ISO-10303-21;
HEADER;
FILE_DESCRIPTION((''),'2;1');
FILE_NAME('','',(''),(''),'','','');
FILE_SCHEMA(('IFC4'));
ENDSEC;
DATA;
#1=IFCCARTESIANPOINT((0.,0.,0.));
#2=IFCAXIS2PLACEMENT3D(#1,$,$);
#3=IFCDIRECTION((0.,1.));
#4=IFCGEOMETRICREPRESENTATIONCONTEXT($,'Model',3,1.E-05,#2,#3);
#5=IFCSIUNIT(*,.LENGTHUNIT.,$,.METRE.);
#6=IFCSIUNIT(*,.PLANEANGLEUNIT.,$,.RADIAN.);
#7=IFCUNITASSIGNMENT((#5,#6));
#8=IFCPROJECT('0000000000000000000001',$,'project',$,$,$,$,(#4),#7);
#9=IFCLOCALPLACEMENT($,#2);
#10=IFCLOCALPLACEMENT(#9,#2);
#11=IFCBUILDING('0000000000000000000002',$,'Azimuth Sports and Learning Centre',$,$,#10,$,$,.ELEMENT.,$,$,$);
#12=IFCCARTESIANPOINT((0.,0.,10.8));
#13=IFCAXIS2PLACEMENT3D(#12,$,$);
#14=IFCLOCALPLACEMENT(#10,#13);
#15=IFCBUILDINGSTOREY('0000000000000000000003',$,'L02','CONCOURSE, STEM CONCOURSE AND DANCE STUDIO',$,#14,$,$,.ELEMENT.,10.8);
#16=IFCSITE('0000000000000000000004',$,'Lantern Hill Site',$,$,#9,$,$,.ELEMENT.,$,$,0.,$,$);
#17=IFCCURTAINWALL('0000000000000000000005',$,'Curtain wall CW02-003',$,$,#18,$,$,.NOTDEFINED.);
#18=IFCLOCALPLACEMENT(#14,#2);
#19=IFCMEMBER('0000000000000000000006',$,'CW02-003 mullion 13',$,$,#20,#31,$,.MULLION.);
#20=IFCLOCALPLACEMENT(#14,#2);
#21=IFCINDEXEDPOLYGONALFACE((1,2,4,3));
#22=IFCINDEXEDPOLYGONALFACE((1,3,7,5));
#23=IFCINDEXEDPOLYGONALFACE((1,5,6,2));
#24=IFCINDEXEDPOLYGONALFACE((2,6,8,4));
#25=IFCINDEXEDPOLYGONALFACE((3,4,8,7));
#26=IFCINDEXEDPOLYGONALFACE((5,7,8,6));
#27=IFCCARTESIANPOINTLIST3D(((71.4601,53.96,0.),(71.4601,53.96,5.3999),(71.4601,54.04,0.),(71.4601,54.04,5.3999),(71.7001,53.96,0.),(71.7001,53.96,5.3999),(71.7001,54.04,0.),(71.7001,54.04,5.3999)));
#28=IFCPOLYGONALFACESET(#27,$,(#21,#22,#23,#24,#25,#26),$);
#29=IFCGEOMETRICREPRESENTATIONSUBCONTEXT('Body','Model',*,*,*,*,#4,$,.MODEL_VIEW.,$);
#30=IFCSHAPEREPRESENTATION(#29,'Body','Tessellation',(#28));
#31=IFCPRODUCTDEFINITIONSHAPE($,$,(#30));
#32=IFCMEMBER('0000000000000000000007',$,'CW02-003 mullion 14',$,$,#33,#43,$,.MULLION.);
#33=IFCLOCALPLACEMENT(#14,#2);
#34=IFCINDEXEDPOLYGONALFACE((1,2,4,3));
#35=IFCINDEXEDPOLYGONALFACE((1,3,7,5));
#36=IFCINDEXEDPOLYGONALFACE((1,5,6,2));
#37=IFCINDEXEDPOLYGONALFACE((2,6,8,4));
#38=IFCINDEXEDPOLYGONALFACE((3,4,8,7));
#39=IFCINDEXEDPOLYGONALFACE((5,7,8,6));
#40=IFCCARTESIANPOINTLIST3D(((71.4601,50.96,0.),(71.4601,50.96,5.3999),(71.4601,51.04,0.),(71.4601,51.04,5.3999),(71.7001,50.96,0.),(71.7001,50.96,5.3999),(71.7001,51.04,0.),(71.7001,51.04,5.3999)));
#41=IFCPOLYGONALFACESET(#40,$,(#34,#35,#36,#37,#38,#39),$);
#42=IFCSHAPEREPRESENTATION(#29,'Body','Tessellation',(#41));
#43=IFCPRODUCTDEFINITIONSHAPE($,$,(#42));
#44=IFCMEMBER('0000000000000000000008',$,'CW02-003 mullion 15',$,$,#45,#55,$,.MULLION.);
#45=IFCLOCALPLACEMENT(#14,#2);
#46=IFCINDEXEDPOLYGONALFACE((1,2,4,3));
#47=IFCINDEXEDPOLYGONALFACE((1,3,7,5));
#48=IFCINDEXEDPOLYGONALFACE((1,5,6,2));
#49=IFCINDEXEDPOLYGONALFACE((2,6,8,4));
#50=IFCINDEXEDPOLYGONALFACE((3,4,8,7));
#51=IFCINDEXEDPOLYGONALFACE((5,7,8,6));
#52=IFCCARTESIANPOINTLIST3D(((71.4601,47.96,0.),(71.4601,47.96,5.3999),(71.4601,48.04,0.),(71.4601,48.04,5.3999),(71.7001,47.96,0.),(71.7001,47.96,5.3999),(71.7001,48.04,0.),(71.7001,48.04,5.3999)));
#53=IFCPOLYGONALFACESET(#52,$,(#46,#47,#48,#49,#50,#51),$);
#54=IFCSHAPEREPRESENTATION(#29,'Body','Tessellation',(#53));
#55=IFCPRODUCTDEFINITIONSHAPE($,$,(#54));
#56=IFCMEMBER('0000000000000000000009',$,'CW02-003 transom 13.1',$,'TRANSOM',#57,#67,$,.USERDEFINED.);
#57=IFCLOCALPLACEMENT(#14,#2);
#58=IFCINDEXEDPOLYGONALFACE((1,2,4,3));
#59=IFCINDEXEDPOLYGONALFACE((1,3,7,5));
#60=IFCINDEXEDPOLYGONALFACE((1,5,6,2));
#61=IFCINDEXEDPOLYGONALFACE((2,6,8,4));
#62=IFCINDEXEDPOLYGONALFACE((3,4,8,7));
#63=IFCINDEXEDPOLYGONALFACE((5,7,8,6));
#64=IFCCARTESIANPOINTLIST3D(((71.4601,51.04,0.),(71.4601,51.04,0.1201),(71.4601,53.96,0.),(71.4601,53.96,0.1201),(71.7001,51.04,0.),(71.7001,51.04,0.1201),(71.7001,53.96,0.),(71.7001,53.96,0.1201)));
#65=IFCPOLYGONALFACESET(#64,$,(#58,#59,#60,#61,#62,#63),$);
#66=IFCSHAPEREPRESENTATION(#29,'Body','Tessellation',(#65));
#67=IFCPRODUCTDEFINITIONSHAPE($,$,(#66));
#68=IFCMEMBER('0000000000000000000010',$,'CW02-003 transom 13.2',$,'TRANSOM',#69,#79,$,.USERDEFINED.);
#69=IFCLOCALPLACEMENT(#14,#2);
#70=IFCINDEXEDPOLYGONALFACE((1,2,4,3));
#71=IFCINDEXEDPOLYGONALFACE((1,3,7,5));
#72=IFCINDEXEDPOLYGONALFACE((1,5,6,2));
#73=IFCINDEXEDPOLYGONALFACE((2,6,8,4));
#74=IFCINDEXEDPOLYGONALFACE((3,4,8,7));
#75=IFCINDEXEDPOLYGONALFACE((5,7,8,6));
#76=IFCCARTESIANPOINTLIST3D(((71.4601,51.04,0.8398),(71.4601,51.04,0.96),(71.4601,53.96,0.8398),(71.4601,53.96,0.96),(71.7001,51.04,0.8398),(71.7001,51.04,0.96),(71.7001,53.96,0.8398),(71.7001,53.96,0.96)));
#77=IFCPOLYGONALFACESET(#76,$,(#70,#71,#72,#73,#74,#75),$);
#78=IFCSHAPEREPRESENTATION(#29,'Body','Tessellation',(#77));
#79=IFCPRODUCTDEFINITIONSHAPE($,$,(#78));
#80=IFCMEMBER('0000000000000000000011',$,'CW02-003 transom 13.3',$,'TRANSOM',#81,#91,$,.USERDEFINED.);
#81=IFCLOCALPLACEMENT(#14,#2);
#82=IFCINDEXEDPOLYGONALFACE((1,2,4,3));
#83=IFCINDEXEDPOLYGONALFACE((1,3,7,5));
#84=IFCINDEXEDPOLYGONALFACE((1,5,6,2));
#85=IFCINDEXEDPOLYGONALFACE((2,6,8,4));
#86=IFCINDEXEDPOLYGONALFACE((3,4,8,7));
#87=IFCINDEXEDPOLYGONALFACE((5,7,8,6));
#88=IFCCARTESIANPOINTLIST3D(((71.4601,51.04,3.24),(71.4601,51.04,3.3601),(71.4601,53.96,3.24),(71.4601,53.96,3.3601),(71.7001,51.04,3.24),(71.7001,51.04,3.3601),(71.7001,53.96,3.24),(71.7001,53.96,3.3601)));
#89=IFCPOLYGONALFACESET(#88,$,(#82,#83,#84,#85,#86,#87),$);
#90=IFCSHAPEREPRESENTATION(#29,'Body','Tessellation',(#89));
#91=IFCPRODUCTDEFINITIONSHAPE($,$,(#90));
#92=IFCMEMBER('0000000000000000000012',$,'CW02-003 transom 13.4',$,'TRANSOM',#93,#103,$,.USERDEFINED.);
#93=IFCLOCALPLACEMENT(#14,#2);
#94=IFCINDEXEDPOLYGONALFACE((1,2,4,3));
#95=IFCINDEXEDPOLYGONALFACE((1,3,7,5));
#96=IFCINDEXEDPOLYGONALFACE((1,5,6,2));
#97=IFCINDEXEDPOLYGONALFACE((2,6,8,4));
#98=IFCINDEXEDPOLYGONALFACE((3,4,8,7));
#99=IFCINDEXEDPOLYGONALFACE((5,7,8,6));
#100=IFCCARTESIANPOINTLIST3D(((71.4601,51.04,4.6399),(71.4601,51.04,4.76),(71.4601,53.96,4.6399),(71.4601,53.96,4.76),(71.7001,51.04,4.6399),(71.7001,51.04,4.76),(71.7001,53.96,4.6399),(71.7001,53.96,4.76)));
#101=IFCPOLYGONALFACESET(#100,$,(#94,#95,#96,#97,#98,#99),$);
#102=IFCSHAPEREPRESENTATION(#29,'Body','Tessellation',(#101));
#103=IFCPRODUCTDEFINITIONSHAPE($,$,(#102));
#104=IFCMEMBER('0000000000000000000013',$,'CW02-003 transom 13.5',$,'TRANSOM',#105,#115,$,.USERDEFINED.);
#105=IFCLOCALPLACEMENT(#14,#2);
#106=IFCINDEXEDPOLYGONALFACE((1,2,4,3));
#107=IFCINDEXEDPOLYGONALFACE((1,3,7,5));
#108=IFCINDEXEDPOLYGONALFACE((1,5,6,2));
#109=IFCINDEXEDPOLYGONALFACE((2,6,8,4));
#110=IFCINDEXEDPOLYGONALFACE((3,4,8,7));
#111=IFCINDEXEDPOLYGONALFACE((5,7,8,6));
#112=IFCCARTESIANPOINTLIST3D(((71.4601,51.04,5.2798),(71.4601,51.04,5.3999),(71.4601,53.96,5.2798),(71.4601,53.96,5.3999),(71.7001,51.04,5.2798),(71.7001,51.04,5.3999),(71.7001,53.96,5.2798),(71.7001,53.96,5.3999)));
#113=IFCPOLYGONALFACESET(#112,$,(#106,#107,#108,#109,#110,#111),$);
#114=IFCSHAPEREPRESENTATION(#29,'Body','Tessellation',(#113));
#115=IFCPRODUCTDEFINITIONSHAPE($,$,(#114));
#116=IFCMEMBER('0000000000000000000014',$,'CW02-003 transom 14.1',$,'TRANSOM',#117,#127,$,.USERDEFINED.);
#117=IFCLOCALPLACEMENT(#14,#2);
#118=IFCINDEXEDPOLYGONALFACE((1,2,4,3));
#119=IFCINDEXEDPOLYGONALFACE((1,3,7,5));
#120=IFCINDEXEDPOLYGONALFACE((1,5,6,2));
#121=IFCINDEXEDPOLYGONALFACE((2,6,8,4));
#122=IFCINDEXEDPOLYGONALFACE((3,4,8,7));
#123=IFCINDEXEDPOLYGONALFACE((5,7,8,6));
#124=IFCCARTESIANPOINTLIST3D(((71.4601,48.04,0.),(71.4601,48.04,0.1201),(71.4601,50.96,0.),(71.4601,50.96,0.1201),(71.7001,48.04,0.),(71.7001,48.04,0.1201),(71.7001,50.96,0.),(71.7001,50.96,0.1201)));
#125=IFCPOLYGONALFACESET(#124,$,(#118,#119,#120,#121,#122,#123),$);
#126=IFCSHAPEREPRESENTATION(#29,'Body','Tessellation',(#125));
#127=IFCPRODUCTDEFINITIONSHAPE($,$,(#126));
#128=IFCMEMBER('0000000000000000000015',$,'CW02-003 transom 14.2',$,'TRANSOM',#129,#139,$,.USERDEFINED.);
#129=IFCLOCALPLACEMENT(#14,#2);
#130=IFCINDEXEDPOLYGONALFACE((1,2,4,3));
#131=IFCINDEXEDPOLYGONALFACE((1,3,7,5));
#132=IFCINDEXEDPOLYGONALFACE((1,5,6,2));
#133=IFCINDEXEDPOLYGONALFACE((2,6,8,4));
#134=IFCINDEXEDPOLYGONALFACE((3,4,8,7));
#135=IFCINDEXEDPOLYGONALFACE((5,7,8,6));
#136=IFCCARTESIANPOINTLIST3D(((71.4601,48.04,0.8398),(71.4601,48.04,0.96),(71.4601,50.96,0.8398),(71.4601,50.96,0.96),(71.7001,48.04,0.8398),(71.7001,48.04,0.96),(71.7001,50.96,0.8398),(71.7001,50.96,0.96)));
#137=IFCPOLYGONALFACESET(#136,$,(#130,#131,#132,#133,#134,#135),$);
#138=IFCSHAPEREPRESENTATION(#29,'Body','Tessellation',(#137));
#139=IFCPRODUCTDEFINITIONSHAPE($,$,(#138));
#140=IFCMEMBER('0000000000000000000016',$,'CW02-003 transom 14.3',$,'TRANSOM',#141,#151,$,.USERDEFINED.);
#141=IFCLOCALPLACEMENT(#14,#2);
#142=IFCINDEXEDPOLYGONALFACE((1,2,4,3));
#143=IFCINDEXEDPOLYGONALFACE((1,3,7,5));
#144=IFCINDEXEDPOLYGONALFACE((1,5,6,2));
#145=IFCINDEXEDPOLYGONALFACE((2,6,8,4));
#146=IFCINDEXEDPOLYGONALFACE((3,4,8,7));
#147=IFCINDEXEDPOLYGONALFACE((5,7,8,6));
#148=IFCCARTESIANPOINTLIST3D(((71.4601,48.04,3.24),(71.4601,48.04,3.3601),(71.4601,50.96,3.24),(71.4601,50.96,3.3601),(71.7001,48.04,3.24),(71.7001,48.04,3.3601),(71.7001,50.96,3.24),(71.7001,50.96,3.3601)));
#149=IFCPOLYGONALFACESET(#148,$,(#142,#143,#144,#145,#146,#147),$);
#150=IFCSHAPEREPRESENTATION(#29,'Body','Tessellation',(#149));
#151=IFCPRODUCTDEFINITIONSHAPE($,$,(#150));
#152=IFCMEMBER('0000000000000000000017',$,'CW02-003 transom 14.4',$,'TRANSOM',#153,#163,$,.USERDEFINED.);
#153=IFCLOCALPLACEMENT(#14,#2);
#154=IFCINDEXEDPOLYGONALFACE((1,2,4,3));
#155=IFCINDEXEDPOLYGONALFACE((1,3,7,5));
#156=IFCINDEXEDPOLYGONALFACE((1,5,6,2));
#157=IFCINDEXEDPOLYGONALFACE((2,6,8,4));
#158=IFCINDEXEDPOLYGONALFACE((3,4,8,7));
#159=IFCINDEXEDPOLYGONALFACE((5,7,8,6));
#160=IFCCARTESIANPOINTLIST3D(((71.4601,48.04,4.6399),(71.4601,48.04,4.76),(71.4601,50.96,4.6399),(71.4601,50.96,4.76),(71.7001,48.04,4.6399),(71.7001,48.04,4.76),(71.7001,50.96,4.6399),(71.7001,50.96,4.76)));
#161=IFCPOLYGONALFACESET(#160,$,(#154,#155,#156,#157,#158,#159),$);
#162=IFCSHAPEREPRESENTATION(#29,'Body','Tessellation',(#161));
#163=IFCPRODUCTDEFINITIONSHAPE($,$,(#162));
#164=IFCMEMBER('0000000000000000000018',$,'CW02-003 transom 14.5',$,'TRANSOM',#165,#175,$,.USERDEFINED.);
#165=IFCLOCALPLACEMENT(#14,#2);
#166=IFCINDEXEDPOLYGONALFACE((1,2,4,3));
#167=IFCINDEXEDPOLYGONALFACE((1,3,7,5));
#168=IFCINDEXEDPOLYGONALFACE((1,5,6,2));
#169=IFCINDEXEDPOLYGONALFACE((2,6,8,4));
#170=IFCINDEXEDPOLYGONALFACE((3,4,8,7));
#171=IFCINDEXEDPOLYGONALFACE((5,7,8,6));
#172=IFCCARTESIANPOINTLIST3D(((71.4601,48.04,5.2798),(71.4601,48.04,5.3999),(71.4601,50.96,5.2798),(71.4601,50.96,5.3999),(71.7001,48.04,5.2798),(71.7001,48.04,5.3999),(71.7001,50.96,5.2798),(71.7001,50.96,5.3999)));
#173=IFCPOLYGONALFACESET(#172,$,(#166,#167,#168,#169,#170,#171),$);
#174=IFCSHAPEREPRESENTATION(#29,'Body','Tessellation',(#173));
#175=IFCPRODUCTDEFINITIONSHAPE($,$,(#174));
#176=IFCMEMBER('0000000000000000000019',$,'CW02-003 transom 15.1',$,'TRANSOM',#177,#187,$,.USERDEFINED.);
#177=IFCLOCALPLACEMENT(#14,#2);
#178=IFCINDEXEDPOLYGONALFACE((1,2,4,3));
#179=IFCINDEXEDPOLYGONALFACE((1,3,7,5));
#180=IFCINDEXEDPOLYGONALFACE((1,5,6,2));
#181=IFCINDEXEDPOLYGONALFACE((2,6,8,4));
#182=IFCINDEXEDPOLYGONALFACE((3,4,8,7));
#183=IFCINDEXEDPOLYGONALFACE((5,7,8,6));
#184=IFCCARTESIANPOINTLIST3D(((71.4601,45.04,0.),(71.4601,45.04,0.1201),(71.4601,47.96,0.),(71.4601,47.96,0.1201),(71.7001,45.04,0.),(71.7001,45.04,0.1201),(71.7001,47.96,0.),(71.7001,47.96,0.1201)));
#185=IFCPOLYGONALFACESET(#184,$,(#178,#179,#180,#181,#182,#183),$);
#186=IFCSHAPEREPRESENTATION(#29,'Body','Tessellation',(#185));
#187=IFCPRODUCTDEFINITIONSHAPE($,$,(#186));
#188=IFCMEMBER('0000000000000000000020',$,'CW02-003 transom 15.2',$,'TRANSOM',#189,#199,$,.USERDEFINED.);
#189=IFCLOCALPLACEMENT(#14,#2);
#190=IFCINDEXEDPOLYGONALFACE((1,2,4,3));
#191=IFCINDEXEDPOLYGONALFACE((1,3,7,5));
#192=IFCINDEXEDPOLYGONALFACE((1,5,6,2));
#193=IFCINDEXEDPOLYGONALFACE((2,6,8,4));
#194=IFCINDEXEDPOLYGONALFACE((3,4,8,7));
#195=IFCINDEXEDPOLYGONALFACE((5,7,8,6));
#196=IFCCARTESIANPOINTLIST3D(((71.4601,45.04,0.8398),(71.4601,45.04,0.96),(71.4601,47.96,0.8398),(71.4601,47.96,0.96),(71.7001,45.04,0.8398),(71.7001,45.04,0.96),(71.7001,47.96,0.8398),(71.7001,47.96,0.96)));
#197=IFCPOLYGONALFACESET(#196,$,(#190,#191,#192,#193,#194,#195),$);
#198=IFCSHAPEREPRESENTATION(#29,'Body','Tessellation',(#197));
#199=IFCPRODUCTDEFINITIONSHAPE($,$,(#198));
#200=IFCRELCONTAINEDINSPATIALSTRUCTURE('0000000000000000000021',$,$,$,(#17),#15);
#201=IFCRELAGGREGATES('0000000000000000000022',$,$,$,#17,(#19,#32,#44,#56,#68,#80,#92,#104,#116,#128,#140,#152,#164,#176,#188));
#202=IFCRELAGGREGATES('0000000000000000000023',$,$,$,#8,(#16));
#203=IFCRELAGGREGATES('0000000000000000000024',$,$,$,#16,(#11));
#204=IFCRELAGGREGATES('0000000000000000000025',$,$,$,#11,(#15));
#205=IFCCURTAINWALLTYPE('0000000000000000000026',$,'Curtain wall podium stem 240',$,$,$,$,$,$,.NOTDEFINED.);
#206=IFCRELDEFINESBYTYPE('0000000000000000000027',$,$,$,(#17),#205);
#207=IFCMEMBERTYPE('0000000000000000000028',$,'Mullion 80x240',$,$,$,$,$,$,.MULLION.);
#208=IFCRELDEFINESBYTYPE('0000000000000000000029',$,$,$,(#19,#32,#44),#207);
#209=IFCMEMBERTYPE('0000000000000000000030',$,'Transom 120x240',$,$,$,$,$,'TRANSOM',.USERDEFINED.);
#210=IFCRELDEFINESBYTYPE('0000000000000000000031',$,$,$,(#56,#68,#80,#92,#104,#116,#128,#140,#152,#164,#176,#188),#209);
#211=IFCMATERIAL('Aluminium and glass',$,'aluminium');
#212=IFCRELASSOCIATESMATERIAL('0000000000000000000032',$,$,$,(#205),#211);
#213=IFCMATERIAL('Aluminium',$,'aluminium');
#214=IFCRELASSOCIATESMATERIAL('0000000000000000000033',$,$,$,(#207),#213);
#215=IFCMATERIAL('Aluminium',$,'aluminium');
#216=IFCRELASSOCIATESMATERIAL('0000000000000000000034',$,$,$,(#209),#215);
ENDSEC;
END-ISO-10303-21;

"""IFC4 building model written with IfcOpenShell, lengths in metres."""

from ifc_helpers import new_model, si_unit, direction, frame, origin, origin_2d, place, context, subcontext, project, spatial, rectangle, extrude, material, material_profile, profile_set, type_object, element, aggregate, save


model = new_model("IFC4")

# Units and contexts
model_context = context("Model", 3, precision=1e-05, world=origin(), true_north=direction((0.0, 1.0)))
body_context = subcontext(model_context, "Body", "Model", "MODEL_VIEW")
ifc_project = project(units=[si_unit("LENGTHUNIT", "METRE"), si_unit("PLANEANGLEUNIT", "RADIAN")], contexts=[model_context])

# Site, building, storey
site_placement = place(None, origin())
site = spatial("IfcSite", under=ifc_project, at=site_placement, Name="Lantern Hill Site", CompositionType="ELEMENT", RefElevation=0.0)
building_placement = place(site_placement, origin())
building = spatial("IfcBuilding", under=site, at=building_placement, Name="Azimuth Sports and Learning Centre", CompositionType="ELEMENT")
storey_placement = place(building_placement, frame((0.0, 0.0, 10.8)))
storey = spatial("IfcBuildingStorey", under=building, at=storey_placement, Name="L02", Description="CONCOURSE, STEM CONCOURSE AND DANCE STUDIO", CompositionType="ELEMENT", Elevation=10.8)

# Curtain wall, members
ifc_material_1 = material(Name="Aluminium and glass", Category="aluminium")
curtain_wall_type = type_object("IfcCurtainWallType", Name="Curtain wall podium stem 240", PredefinedType="NOTDEFINED", material=ifc_material_1)
curtain_wall_placement = place(storey_placement, origin())
curtain_wall = element("IfcCurtainWall", 1, at=curtain_wall_placement, inside=storey, type_object=curtain_wall_type, Name="Curtain wall CW02-003", PredefinedType="NOTDEFINED")
ifc_material_2 = material(Name="Aluminium", Category="aluminium")
ifc_material_profile_1 = material_profile(ifc_material_2, rectangle(XDim=0.24, YDim=0.0801, at=origin_2d()), Name="Mullion 80x240")
ifc_profile_set_1 = profile_set([ifc_material_profile_1], Name="Aluminium")
member_type_1 = type_object("IfcMemberType", Name="Mullion 80x240", PredefinedType="MULLION", material=ifc_profile_set_1)
member_1_placement = place(storey_placement, frame((71.5801, 54.0, 0.0), z_axis=(0.0, 0.0, 1.0), x_axis=(1.0, 0.0, 0.0)))
member_1 = element("IfcMember", 2, at=member_1_placement, type_object=member_type_1, Name="CW02-003 mullion 13", PredefinedType="MULLION", context=body_context, shape_type="SweptSolid", body=[
    extrude(rectangle(XDim=0.24, YDim=0.0801, at=origin_2d()), origin(), (0.0, 0.0, 1.0), 5.3999),
])
member_2_placement = place(storey_placement, frame((71.5801, 51.0, 0.0), z_axis=(0.0, 0.0, 1.0), x_axis=(1.0, 0.0, 0.0)))
member_2 = element("IfcMember", 3, at=member_2_placement, type_object=member_type_1, Name="CW02-003 mullion 14", PredefinedType="MULLION", context=body_context, shape_type="SweptSolid", body=[
    extrude(rectangle(XDim=0.24, YDim=0.0801, at=origin_2d()), origin(), (0.0, 0.0, 1.0), 5.3999),
])
member_3_placement = place(storey_placement, frame((71.5801, 48.0, 0.0), z_axis=(0.0, 0.0, 1.0), x_axis=(1.0, 0.0, 0.0)))
member_3 = element("IfcMember", 4, at=member_3_placement, type_object=member_type_1, Name="CW02-003 mullion 15", PredefinedType="MULLION", context=body_context, shape_type="SweptSolid", body=[
    extrude(rectangle(XDim=0.24, YDim=0.0801, at=origin_2d()), origin(), (0.0, 0.0, 1.0), 5.3999),
])
ifc_material_3 = material(Name="Aluminium", Category="aluminium")
ifc_material_profile_2 = material_profile(ifc_material_3, rectangle(XDim=0.24, YDim=0.1201, at=origin_2d()), Name="Transom 120x240")
ifc_profile_set_2 = profile_set([ifc_material_profile_2], Name="Aluminium")
member_type_2 = type_object("IfcMemberType", Name="Transom 120x240", ElementType="TRANSOM", PredefinedType="USERDEFINED", material=ifc_profile_set_2)
member_4_placement = place(storey_placement, frame((71.5801, 53.96, 0.0601), z_axis=(0.0, -1.0, 0.0), x_axis=(1.0, 0.0, 0.0)))
member_4 = element("IfcMember", 5, at=member_4_placement, type_object=member_type_2, Name="CW02-003 transom 13.1", ObjectType="TRANSOM", PredefinedType="USERDEFINED", context=body_context, shape_type="SweptSolid", body=[
    extrude(rectangle(XDim=0.24, YDim=0.1201, at=origin_2d()), origin(), (0.0, 0.0, 1.0), 2.9199),
])
member_5_placement = place(storey_placement, frame((71.5801, 53.96, 0.8999), z_axis=(0.0, -1.0, 0.0), x_axis=(1.0, 0.0, 0.0)))
member_5 = element("IfcMember", 6, at=member_5_placement, type_object=member_type_2, Name="CW02-003 transom 13.2", ObjectType="TRANSOM", PredefinedType="USERDEFINED", context=body_context, shape_type="SweptSolid", body=[
    extrude(rectangle(XDim=0.24, YDim=0.1201, at=origin_2d()), origin(), (0.0, 0.0, 1.0), 2.9199),
])
member_6_placement = place(storey_placement, frame((71.5801, 53.96, 3.3), z_axis=(0.0, -1.0, 0.0), x_axis=(1.0, 0.0, 0.0)))
member_6 = element("IfcMember", 7, at=member_6_placement, type_object=member_type_2, Name="CW02-003 transom 13.3", ObjectType="TRANSOM", PredefinedType="USERDEFINED", context=body_context, shape_type="SweptSolid", body=[
    extrude(rectangle(XDim=0.24, YDim=0.1201, at=origin_2d()), origin(), (0.0, 0.0, 1.0), 2.9199),
])
member_7_placement = place(storey_placement, frame((71.5801, 53.96, 4.7), z_axis=(0.0, -1.0, 0.0), x_axis=(1.0, 0.0, 0.0)))
member_7 = element("IfcMember", 8, at=member_7_placement, type_object=member_type_2, Name="CW02-003 transom 13.4", ObjectType="TRANSOM", PredefinedType="USERDEFINED", context=body_context, shape_type="SweptSolid", body=[
    extrude(rectangle(XDim=0.24, YDim=0.1201, at=origin_2d()), origin(), (0.0, 0.0, 1.0), 2.9199),
])
member_8_placement = place(storey_placement, frame((71.5801, 53.96, 5.3398), z_axis=(0.0, -1.0, 0.0), x_axis=(1.0, 0.0, 0.0)))
member_8 = element("IfcMember", 9, at=member_8_placement, type_object=member_type_2, Name="CW02-003 transom 13.5", ObjectType="TRANSOM", PredefinedType="USERDEFINED", context=body_context, shape_type="SweptSolid", body=[
    extrude(rectangle(XDim=0.24, YDim=0.1201, at=origin_2d()), origin(), (0.0, 0.0, 1.0), 2.9199),
])
member_9_placement = place(storey_placement, frame((71.5801, 50.96, 0.0601), z_axis=(0.0, -1.0, 0.0), x_axis=(1.0, 0.0, 0.0)))
member_9 = element("IfcMember", 10, at=member_9_placement, type_object=member_type_2, Name="CW02-003 transom 14.1", ObjectType="TRANSOM", PredefinedType="USERDEFINED", context=body_context, shape_type="SweptSolid", body=[
    extrude(rectangle(XDim=0.24, YDim=0.1201, at=origin_2d()), origin(), (0.0, 0.0, 1.0), 2.9199),
])
member_10_placement = place(storey_placement, frame((71.5801, 50.96, 0.8999), z_axis=(0.0, -1.0, 0.0), x_axis=(1.0, 0.0, 0.0)))
member_10 = element("IfcMember", 11, at=member_10_placement, type_object=member_type_2, Name="CW02-003 transom 14.2", ObjectType="TRANSOM", PredefinedType="USERDEFINED", context=body_context, shape_type="SweptSolid", body=[
    extrude(rectangle(XDim=0.24, YDim=0.1201, at=origin_2d()), origin(), (0.0, 0.0, 1.0), 2.9199),
])
member_11_placement = place(storey_placement, frame((71.5801, 50.96, 3.3), z_axis=(0.0, -1.0, 0.0), x_axis=(1.0, 0.0, 0.0)))
member_11 = element("IfcMember", 12, at=member_11_placement, type_object=member_type_2, Name="CW02-003 transom 14.3", ObjectType="TRANSOM", PredefinedType="USERDEFINED", context=body_context, shape_type="SweptSolid", body=[
    extrude(rectangle(XDim=0.24, YDim=0.1201, at=origin_2d()), origin(), (0.0, 0.0, 1.0), 2.9199),
])
member_12_placement = place(storey_placement, frame((71.5801, 50.96, 4.7), z_axis=(0.0, -1.0, 0.0), x_axis=(1.0, 0.0, 0.0)))
member_12 = element("IfcMember", 13, at=member_12_placement, type_object=member_type_2, Name="CW02-003 transom 14.4", ObjectType="TRANSOM", PredefinedType="USERDEFINED", context=body_context, shape_type="SweptSolid", body=[
    extrude(rectangle(XDim=0.24, YDim=0.1201, at=origin_2d()), origin(), (0.0, 0.0, 1.0), 2.9199),
])
member_13_placement = place(storey_placement, frame((71.5801, 50.96, 5.3398), z_axis=(0.0, -1.0, 0.0), x_axis=(1.0, 0.0, 0.0)))
member_13 = element("IfcMember", 14, at=member_13_placement, type_object=member_type_2, Name="CW02-003 transom 14.5", ObjectType="TRANSOM", PredefinedType="USERDEFINED", context=body_context, shape_type="SweptSolid", body=[
    extrude(rectangle(XDim=0.24, YDim=0.1201, at=origin_2d()), origin(), (0.0, 0.0, 1.0), 2.9199),
])
member_14_placement = place(storey_placement, frame((71.5801, 47.96, 0.0601), z_axis=(0.0, -1.0, 0.0), x_axis=(1.0, 0.0, 0.0)))
member_14 = element("IfcMember", 15, at=member_14_placement, type_object=member_type_2, Name="CW02-003 transom 15.1", ObjectType="TRANSOM", PredefinedType="USERDEFINED", context=body_context, shape_type="SweptSolid", body=[
    extrude(rectangle(XDim=0.24, YDim=0.1201, at=origin_2d()), origin(), (0.0, 0.0, 1.0), 2.9199),
])
member_15_placement = place(storey_placement, frame((71.5801, 47.96, 0.8999), z_axis=(0.0, -1.0, 0.0), x_axis=(1.0, 0.0, 0.0)))
member_15 = element("IfcMember", 16, at=member_15_placement, type_object=member_type_2, Name="CW02-003 transom 15.2", ObjectType="TRANSOM", PredefinedType="USERDEFINED", context=body_context, shape_type="SweptSolid", body=[
    extrude(rectangle(XDim=0.24, YDim=0.1201, at=origin_2d()), origin(), (0.0, 0.0, 1.0), 2.9199),
])
aggregate(curtain_wall, [member_1, member_2, member_3, member_4, member_5, member_6, member_7, member_8, member_9, member_10, member_11, member_12, member_13, member_14, member_15])

save(model, "model.ifc")
